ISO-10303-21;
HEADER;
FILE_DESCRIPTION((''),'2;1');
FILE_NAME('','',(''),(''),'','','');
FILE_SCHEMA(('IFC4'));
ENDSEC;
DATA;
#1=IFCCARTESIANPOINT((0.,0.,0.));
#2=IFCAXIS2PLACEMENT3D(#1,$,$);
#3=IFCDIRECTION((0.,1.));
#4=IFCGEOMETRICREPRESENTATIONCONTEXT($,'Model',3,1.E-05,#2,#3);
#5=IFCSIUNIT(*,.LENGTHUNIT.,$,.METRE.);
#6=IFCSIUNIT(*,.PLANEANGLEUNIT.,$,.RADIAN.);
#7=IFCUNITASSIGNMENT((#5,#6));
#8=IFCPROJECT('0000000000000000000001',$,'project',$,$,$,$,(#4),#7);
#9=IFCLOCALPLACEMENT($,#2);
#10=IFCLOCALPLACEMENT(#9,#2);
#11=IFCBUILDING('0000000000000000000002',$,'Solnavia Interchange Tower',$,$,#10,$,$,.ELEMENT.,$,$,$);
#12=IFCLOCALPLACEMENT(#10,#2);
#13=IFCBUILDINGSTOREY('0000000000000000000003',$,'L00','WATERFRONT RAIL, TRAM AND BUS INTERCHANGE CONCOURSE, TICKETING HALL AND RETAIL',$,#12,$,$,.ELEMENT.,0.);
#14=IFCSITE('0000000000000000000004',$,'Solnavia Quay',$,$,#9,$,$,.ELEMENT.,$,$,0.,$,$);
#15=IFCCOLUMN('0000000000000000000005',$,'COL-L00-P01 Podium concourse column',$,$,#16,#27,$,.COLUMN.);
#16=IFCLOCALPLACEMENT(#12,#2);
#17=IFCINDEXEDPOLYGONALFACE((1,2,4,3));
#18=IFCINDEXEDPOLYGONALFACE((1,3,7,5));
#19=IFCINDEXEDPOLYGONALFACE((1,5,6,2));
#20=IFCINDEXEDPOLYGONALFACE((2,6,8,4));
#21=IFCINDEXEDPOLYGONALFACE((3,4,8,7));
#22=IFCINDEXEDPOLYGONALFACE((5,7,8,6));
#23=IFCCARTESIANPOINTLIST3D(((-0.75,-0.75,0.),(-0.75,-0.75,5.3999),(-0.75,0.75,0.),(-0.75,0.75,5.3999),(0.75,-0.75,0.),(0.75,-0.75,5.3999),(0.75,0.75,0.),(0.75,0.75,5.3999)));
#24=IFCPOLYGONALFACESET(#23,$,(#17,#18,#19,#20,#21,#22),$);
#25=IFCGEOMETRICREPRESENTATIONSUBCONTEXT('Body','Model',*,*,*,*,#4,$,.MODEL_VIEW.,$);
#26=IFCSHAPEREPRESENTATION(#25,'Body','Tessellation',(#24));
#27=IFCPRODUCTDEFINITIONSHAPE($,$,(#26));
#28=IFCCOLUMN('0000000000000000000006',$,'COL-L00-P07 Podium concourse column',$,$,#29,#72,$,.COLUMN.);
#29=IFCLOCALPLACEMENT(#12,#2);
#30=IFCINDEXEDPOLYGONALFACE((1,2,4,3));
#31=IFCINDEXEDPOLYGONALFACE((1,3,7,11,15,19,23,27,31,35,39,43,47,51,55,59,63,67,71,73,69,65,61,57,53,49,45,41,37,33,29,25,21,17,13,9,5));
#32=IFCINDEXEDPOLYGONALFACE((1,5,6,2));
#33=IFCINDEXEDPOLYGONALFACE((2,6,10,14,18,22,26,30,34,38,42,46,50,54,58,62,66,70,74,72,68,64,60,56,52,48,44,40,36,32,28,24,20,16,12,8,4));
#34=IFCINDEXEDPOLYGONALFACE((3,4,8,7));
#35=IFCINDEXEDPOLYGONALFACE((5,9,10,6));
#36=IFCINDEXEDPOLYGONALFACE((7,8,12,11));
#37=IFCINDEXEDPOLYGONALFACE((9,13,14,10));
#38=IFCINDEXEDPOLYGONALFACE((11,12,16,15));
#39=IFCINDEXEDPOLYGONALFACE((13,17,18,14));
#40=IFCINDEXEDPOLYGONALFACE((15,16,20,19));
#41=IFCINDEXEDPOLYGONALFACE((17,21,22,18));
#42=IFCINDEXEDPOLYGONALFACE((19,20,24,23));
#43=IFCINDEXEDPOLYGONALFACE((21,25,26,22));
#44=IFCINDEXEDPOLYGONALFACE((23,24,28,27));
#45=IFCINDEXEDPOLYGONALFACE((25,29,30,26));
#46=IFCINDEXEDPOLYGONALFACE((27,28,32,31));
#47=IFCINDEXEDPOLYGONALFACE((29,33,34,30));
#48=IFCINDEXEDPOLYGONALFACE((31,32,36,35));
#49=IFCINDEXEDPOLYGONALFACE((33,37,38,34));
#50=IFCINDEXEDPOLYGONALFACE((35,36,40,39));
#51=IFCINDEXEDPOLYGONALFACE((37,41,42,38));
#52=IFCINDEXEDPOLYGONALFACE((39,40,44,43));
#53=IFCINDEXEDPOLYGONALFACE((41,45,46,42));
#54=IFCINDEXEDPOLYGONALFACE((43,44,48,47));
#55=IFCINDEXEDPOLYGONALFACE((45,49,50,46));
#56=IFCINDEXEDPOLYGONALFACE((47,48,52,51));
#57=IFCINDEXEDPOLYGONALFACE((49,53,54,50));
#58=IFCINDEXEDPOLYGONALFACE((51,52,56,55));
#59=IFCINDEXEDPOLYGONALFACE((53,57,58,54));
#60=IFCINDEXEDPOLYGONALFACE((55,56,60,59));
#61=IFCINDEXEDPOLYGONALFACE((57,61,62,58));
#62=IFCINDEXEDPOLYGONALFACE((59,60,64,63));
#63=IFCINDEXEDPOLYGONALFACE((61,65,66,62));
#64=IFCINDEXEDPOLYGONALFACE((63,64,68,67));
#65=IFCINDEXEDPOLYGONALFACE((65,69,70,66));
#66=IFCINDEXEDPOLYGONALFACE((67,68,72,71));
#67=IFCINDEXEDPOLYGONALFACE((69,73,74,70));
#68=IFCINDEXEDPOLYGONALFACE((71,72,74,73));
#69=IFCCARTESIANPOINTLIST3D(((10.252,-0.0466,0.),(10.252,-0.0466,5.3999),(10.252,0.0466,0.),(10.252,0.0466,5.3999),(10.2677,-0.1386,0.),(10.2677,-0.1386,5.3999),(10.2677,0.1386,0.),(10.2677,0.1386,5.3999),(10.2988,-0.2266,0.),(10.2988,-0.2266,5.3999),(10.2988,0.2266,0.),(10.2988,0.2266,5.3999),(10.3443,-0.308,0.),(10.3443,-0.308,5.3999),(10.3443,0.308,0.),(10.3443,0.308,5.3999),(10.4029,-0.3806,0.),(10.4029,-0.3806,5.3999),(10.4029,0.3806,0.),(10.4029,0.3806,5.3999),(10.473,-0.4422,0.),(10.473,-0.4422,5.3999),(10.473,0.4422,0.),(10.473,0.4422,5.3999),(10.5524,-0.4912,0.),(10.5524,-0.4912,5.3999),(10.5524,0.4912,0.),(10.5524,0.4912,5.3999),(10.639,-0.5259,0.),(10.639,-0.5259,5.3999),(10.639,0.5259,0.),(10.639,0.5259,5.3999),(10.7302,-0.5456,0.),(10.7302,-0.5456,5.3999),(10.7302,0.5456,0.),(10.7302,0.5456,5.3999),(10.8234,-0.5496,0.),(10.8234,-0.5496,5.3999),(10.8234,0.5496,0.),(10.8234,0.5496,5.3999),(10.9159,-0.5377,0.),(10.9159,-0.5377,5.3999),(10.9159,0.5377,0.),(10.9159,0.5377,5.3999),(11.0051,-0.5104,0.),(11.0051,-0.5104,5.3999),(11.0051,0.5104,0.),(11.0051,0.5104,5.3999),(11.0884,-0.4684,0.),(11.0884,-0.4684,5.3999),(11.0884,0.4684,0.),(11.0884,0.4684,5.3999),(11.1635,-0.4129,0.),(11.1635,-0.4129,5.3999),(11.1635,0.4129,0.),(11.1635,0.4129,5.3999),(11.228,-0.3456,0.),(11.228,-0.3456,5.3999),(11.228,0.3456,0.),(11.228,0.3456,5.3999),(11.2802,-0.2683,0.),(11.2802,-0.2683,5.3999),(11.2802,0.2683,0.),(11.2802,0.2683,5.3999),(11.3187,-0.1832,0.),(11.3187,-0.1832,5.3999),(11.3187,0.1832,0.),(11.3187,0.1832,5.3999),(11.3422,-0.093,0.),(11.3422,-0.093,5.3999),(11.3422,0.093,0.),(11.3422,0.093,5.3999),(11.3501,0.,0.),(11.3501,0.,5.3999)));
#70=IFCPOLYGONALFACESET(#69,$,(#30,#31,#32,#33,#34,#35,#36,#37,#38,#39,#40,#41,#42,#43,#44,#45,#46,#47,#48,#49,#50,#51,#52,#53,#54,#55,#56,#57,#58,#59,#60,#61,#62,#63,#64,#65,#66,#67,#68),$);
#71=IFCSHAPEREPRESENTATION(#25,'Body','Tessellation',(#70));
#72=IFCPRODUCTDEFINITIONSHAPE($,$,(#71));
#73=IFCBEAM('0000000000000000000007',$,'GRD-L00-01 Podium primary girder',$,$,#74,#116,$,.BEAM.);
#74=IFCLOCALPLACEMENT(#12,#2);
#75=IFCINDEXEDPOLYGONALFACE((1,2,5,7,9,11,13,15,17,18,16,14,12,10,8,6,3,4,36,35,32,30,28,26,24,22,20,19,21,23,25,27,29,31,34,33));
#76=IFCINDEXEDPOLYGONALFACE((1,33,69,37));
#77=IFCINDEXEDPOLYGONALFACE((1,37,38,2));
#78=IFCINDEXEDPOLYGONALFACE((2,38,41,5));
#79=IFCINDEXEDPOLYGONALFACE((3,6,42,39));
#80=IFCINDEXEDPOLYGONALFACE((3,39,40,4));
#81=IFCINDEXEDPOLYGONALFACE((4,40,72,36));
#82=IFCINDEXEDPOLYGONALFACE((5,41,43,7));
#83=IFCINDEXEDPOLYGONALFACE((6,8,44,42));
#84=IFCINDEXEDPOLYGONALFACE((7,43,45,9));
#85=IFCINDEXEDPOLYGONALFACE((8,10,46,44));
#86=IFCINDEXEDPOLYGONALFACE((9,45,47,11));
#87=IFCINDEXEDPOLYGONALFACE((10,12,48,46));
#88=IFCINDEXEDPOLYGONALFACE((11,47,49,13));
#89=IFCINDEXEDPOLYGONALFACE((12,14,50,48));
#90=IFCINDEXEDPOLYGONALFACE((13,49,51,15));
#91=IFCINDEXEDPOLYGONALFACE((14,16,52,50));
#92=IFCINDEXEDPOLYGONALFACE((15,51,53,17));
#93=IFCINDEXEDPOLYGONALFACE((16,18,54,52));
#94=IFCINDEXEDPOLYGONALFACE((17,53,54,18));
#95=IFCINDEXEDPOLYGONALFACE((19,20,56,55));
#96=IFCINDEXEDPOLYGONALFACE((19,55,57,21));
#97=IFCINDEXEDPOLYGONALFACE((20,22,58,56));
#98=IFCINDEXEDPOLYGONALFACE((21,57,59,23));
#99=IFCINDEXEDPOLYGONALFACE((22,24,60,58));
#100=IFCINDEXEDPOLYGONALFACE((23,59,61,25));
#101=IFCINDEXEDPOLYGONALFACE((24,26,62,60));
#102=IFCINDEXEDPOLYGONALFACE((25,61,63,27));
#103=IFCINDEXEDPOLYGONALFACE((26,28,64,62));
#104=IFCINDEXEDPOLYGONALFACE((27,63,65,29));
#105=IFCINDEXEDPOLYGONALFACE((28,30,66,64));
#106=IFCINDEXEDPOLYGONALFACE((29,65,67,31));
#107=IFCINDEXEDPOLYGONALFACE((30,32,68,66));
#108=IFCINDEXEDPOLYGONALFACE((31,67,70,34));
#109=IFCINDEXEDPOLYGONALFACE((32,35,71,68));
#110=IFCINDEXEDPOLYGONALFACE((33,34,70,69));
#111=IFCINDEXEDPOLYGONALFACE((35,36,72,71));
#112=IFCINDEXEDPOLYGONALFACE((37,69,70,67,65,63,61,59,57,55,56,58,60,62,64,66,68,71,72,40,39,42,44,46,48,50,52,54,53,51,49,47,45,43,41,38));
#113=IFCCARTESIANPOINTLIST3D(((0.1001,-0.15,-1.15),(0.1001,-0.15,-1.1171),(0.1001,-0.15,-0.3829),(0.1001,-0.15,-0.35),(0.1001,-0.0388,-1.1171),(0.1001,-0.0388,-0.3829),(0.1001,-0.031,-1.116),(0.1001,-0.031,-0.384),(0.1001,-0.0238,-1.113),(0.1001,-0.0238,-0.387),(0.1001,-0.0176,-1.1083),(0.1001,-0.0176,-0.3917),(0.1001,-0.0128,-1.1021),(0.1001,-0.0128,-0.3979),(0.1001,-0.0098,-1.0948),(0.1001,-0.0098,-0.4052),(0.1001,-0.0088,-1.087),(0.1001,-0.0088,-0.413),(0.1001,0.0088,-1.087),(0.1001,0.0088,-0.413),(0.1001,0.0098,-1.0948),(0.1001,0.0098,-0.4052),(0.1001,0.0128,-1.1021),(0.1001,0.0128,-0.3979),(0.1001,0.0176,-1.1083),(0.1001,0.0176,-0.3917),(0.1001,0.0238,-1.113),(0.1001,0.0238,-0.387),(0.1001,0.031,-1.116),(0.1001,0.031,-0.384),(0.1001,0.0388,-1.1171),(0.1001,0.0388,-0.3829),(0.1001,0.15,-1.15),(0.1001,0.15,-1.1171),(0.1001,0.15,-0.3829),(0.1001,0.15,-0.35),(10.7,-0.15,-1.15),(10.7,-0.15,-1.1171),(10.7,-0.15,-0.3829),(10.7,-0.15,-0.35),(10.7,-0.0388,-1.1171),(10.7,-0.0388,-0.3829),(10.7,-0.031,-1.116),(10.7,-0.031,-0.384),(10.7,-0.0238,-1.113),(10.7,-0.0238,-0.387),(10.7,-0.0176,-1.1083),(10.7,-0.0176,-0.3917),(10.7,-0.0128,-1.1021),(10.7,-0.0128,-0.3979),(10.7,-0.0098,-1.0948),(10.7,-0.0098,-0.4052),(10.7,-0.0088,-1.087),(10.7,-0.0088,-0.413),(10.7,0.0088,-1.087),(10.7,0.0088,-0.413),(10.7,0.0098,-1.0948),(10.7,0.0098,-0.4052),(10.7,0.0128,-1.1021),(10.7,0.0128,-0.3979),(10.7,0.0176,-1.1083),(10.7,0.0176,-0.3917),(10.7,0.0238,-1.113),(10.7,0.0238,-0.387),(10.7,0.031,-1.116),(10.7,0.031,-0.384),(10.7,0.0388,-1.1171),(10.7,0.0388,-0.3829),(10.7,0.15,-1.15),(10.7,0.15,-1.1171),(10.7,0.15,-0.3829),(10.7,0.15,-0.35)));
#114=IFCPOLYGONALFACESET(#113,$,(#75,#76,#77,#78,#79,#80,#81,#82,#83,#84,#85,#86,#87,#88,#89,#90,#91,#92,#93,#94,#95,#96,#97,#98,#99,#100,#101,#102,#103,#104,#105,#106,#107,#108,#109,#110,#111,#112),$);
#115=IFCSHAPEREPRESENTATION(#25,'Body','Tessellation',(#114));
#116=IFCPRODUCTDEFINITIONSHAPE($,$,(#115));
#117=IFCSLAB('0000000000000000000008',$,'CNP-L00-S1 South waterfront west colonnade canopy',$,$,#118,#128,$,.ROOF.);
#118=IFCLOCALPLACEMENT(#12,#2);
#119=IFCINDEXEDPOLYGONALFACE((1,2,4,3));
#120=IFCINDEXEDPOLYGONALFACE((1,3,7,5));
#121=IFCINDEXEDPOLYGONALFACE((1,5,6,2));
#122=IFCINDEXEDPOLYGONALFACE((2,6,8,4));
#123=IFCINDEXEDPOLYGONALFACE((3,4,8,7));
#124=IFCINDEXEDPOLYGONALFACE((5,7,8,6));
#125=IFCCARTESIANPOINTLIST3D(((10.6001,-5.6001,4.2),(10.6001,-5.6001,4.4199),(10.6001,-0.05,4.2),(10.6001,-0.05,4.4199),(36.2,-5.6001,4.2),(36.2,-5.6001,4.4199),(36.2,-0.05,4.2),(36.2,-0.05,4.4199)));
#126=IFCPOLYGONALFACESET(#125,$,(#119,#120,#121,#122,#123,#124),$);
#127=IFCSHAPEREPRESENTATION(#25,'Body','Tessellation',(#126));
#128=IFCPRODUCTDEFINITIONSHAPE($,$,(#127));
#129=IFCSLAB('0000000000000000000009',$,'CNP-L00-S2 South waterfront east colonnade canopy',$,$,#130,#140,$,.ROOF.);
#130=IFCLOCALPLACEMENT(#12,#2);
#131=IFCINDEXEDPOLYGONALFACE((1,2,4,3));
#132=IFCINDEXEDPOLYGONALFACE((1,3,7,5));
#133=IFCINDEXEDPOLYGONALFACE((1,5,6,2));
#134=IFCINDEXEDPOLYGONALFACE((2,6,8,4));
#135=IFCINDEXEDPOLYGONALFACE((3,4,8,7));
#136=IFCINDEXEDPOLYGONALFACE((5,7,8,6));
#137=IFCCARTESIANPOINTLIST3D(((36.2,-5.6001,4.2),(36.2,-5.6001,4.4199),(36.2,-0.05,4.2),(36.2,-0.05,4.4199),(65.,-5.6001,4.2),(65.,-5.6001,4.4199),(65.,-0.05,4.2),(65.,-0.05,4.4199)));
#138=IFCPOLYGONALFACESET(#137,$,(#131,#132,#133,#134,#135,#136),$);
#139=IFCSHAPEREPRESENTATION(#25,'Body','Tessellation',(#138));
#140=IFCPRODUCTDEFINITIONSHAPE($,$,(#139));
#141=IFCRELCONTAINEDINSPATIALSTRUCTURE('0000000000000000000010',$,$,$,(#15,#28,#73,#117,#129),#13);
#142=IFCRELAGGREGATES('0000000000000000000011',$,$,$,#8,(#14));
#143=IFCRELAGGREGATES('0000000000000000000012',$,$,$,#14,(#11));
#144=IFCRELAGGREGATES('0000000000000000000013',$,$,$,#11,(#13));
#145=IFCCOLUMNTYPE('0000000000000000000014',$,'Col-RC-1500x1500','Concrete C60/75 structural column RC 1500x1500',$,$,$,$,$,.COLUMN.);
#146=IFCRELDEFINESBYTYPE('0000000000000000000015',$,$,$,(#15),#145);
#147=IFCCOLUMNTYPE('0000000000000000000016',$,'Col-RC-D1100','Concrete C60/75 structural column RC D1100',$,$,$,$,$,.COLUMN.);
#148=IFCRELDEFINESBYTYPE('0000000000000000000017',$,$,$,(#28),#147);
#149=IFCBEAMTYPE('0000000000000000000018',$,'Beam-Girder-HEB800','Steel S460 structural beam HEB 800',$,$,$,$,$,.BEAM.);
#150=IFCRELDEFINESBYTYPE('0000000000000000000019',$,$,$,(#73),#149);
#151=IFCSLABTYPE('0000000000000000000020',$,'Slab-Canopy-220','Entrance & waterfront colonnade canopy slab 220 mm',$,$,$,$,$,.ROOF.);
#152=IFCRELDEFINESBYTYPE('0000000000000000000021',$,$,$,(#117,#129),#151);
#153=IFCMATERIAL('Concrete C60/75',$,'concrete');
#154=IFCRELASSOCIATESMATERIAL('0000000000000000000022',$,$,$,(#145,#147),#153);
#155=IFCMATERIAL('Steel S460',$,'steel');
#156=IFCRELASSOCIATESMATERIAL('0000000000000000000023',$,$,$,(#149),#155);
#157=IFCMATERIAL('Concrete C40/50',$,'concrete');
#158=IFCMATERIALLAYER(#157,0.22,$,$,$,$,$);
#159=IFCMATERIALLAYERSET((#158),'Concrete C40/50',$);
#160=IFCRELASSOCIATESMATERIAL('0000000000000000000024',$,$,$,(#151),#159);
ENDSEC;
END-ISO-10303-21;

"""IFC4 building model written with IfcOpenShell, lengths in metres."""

from ifc_helpers import new_model, si_unit, direction, frame, origin, origin_with_axes, origin_2d, place, context, subcontext, project, spatial, polyline, rectangle, circle, i_section, outline, extrude, material, layer, layer_set, material_profile, profile_set, type_object, element, save


model = new_model("IFC4")

# Units and contexts
model_context = context("Model", 3, precision=1e-05, world=origin(), true_north=direction((0.0, 1.0)))
body_context = subcontext(model_context, "Body", "Model", "MODEL_VIEW")
ifc_project = project(units=[si_unit("LENGTHUNIT", "METRE"), si_unit("PLANEANGLEUNIT", "RADIAN")], contexts=[model_context])

# Site, building, storey
site_placement = place(None, origin())
site = spatial("IfcSite", under=ifc_project, at=site_placement, Name="Solnavia Quay", CompositionType="ELEMENT", RefElevation=0.0)
building_placement = place(site_placement, origin())
building = spatial("IfcBuilding", under=site, at=building_placement, Name="Solnavia Interchange Tower", CompositionType="ELEMENT")
storey_placement = place(building_placement, origin())
storey = spatial("IfcBuildingStorey", under=building, at=storey_placement, Name="L00", Description="WATERFRONT RAIL, TRAM AND BUS INTERCHANGE CONCOURSE, TICKETING HALL AND RETAIL", CompositionType="ELEMENT", Elevation=0.0)

# Columns
ifc_material_1 = material(Name="Concrete C60/75", Category="concrete")
ifc_material_profile_1 = material_profile(ifc_material_1, rectangle(XDim=1.5, YDim=1.5, at=origin_2d()), Name="RC 1500x1500")
ifc_profile_set_1 = profile_set([ifc_material_profile_1], Name="Concrete C60/75")
column_type_1 = type_object("IfcColumnType", Name="Col-RC-1500x1500", Description="Concrete C60/75 structural column RC 1500x1500", PredefinedType="COLUMN", material=ifc_profile_set_1)
column_1_placement = place(storey_placement, origin_with_axes())
element("IfcColumn", 1, at=column_1_placement, inside=storey, type_object=column_type_1, Name="COL-L00-P01 Podium concourse column", PredefinedType="COLUMN", context=body_context, shape_type="SweptSolid", body=[
    extrude(rectangle(XDim=1.5, YDim=1.5, at=origin_2d()), origin(), (0.0, 0.0, 1.0), 5.3999),
])
ifc_material_profile_2 = material_profile(ifc_material_1, circle(Radius=0.55, at=origin_2d()), Name="RC D1100")
ifc_profile_set_2 = profile_set([ifc_material_profile_2], Name="Concrete C60/75")
column_type_2 = type_object("IfcColumnType", Name="Col-RC-D1100", Description="Concrete C60/75 structural column RC D1100", PredefinedType="COLUMN", material=ifc_profile_set_2)
column_2_placement = place(storey_placement, frame((10.8, 0.0, 0.0), z_axis=(0.0, 0.0, 1.0), x_axis=(1.0, 0.0, 0.0)))
element("IfcColumn", 2, at=column_2_placement, inside=storey, type_object=column_type_2, Name="COL-L00-P07 Podium concourse column", PredefinedType="COLUMN", context=body_context, shape_type="SweptSolid", body=[
    extrude(circle(Radius=0.55, at=origin_2d()), origin(), (0.0, 0.0, 1.0), 5.3999),
])

# Beam
ifc_material_2 = material(Name="Steel S460", Category="steel")
ifc_material_profile_3 = material_profile(ifc_material_2, i_section(OverallWidth=0.3, OverallDepth=0.8, WebThickness=0.0176, FlangeThickness=0.033, FilletRadius=0.03, at=origin_2d()), Name="HEB 800")
ifc_profile_set_3 = profile_set([ifc_material_profile_3], Name="Steel S460")
beam_type = type_object("IfcBeamType", Name="Beam-Girder-HEB800", Description="Steel S460 structural beam HEB 800", PredefinedType="BEAM", material=ifc_profile_set_3)
beam_placement = place(storey_placement, frame((0.1001, 0.0, -0.75), z_axis=(1.0, 0.0, 0.0), x_axis=(0.0, 1.0, 0.0)))
element("IfcBeam", 3, at=beam_placement, inside=storey, type_object=beam_type, Name="GRD-L00-01 Podium primary girder", PredefinedType="BEAM", context=body_context, shape_type="SweptSolid", body=[
    extrude(i_section(OverallWidth=0.3, OverallDepth=0.8, WebThickness=0.0176, FlangeThickness=0.033, FilletRadius=0.03, at=origin_2d()), origin(), (0.0, 0.0, 1.0), 10.5999),
])

# Slabs
ifc_material_3 = material(Name="Concrete C40/50", Category="concrete")
ifc_layer_1 = layer(ifc_material_3, 0.22)
ifc_layer_set_1 = layer_set([ifc_layer_1], Name="Concrete C40/50")
slab_type_1 = type_object("IfcSlabType", Name="Slab-Canopy-220", Description="Entrance & waterfront colonnade canopy slab 220 mm", PredefinedType="ROOF", material=ifc_layer_set_1)
slab_1_placement = place(storey_placement, frame((0.0, 0.0, 4.2)))
element("IfcSlab", 4, at=slab_1_placement, inside=storey, type_object=slab_type_1, Name="CNP-L00-S1 South waterfront west colonnade canopy", PredefinedType="ROOF", context=body_context, shape_type="SweptSolid", body=[
    extrude(outline(polyline([(10.6001, -5.6001), (36.2, -5.6001), (36.2, -0.05), (10.6001, -0.05), (10.6001, -5.6001)])), origin(), (0.0, 0.0, 1.0), 0.22),
])
slab_2_placement = place(storey_placement, frame((0.0, 0.0, 4.2)))
element("IfcSlab", 5, at=slab_2_placement, inside=storey, type_object=slab_type_1, Name="CNP-L00-S2 South waterfront east colonnade canopy", PredefinedType="ROOF", context=body_context, shape_type="SweptSolid", body=[
    extrude(outline(polyline([(36.2, -5.6001), (65.0, -5.6001), (65.0, -0.05), (36.2, -0.05), (36.2, -5.6001)])), origin(), (0.0, 0.0, 1.0), 0.22),
])

save(model, "model.ifc")
